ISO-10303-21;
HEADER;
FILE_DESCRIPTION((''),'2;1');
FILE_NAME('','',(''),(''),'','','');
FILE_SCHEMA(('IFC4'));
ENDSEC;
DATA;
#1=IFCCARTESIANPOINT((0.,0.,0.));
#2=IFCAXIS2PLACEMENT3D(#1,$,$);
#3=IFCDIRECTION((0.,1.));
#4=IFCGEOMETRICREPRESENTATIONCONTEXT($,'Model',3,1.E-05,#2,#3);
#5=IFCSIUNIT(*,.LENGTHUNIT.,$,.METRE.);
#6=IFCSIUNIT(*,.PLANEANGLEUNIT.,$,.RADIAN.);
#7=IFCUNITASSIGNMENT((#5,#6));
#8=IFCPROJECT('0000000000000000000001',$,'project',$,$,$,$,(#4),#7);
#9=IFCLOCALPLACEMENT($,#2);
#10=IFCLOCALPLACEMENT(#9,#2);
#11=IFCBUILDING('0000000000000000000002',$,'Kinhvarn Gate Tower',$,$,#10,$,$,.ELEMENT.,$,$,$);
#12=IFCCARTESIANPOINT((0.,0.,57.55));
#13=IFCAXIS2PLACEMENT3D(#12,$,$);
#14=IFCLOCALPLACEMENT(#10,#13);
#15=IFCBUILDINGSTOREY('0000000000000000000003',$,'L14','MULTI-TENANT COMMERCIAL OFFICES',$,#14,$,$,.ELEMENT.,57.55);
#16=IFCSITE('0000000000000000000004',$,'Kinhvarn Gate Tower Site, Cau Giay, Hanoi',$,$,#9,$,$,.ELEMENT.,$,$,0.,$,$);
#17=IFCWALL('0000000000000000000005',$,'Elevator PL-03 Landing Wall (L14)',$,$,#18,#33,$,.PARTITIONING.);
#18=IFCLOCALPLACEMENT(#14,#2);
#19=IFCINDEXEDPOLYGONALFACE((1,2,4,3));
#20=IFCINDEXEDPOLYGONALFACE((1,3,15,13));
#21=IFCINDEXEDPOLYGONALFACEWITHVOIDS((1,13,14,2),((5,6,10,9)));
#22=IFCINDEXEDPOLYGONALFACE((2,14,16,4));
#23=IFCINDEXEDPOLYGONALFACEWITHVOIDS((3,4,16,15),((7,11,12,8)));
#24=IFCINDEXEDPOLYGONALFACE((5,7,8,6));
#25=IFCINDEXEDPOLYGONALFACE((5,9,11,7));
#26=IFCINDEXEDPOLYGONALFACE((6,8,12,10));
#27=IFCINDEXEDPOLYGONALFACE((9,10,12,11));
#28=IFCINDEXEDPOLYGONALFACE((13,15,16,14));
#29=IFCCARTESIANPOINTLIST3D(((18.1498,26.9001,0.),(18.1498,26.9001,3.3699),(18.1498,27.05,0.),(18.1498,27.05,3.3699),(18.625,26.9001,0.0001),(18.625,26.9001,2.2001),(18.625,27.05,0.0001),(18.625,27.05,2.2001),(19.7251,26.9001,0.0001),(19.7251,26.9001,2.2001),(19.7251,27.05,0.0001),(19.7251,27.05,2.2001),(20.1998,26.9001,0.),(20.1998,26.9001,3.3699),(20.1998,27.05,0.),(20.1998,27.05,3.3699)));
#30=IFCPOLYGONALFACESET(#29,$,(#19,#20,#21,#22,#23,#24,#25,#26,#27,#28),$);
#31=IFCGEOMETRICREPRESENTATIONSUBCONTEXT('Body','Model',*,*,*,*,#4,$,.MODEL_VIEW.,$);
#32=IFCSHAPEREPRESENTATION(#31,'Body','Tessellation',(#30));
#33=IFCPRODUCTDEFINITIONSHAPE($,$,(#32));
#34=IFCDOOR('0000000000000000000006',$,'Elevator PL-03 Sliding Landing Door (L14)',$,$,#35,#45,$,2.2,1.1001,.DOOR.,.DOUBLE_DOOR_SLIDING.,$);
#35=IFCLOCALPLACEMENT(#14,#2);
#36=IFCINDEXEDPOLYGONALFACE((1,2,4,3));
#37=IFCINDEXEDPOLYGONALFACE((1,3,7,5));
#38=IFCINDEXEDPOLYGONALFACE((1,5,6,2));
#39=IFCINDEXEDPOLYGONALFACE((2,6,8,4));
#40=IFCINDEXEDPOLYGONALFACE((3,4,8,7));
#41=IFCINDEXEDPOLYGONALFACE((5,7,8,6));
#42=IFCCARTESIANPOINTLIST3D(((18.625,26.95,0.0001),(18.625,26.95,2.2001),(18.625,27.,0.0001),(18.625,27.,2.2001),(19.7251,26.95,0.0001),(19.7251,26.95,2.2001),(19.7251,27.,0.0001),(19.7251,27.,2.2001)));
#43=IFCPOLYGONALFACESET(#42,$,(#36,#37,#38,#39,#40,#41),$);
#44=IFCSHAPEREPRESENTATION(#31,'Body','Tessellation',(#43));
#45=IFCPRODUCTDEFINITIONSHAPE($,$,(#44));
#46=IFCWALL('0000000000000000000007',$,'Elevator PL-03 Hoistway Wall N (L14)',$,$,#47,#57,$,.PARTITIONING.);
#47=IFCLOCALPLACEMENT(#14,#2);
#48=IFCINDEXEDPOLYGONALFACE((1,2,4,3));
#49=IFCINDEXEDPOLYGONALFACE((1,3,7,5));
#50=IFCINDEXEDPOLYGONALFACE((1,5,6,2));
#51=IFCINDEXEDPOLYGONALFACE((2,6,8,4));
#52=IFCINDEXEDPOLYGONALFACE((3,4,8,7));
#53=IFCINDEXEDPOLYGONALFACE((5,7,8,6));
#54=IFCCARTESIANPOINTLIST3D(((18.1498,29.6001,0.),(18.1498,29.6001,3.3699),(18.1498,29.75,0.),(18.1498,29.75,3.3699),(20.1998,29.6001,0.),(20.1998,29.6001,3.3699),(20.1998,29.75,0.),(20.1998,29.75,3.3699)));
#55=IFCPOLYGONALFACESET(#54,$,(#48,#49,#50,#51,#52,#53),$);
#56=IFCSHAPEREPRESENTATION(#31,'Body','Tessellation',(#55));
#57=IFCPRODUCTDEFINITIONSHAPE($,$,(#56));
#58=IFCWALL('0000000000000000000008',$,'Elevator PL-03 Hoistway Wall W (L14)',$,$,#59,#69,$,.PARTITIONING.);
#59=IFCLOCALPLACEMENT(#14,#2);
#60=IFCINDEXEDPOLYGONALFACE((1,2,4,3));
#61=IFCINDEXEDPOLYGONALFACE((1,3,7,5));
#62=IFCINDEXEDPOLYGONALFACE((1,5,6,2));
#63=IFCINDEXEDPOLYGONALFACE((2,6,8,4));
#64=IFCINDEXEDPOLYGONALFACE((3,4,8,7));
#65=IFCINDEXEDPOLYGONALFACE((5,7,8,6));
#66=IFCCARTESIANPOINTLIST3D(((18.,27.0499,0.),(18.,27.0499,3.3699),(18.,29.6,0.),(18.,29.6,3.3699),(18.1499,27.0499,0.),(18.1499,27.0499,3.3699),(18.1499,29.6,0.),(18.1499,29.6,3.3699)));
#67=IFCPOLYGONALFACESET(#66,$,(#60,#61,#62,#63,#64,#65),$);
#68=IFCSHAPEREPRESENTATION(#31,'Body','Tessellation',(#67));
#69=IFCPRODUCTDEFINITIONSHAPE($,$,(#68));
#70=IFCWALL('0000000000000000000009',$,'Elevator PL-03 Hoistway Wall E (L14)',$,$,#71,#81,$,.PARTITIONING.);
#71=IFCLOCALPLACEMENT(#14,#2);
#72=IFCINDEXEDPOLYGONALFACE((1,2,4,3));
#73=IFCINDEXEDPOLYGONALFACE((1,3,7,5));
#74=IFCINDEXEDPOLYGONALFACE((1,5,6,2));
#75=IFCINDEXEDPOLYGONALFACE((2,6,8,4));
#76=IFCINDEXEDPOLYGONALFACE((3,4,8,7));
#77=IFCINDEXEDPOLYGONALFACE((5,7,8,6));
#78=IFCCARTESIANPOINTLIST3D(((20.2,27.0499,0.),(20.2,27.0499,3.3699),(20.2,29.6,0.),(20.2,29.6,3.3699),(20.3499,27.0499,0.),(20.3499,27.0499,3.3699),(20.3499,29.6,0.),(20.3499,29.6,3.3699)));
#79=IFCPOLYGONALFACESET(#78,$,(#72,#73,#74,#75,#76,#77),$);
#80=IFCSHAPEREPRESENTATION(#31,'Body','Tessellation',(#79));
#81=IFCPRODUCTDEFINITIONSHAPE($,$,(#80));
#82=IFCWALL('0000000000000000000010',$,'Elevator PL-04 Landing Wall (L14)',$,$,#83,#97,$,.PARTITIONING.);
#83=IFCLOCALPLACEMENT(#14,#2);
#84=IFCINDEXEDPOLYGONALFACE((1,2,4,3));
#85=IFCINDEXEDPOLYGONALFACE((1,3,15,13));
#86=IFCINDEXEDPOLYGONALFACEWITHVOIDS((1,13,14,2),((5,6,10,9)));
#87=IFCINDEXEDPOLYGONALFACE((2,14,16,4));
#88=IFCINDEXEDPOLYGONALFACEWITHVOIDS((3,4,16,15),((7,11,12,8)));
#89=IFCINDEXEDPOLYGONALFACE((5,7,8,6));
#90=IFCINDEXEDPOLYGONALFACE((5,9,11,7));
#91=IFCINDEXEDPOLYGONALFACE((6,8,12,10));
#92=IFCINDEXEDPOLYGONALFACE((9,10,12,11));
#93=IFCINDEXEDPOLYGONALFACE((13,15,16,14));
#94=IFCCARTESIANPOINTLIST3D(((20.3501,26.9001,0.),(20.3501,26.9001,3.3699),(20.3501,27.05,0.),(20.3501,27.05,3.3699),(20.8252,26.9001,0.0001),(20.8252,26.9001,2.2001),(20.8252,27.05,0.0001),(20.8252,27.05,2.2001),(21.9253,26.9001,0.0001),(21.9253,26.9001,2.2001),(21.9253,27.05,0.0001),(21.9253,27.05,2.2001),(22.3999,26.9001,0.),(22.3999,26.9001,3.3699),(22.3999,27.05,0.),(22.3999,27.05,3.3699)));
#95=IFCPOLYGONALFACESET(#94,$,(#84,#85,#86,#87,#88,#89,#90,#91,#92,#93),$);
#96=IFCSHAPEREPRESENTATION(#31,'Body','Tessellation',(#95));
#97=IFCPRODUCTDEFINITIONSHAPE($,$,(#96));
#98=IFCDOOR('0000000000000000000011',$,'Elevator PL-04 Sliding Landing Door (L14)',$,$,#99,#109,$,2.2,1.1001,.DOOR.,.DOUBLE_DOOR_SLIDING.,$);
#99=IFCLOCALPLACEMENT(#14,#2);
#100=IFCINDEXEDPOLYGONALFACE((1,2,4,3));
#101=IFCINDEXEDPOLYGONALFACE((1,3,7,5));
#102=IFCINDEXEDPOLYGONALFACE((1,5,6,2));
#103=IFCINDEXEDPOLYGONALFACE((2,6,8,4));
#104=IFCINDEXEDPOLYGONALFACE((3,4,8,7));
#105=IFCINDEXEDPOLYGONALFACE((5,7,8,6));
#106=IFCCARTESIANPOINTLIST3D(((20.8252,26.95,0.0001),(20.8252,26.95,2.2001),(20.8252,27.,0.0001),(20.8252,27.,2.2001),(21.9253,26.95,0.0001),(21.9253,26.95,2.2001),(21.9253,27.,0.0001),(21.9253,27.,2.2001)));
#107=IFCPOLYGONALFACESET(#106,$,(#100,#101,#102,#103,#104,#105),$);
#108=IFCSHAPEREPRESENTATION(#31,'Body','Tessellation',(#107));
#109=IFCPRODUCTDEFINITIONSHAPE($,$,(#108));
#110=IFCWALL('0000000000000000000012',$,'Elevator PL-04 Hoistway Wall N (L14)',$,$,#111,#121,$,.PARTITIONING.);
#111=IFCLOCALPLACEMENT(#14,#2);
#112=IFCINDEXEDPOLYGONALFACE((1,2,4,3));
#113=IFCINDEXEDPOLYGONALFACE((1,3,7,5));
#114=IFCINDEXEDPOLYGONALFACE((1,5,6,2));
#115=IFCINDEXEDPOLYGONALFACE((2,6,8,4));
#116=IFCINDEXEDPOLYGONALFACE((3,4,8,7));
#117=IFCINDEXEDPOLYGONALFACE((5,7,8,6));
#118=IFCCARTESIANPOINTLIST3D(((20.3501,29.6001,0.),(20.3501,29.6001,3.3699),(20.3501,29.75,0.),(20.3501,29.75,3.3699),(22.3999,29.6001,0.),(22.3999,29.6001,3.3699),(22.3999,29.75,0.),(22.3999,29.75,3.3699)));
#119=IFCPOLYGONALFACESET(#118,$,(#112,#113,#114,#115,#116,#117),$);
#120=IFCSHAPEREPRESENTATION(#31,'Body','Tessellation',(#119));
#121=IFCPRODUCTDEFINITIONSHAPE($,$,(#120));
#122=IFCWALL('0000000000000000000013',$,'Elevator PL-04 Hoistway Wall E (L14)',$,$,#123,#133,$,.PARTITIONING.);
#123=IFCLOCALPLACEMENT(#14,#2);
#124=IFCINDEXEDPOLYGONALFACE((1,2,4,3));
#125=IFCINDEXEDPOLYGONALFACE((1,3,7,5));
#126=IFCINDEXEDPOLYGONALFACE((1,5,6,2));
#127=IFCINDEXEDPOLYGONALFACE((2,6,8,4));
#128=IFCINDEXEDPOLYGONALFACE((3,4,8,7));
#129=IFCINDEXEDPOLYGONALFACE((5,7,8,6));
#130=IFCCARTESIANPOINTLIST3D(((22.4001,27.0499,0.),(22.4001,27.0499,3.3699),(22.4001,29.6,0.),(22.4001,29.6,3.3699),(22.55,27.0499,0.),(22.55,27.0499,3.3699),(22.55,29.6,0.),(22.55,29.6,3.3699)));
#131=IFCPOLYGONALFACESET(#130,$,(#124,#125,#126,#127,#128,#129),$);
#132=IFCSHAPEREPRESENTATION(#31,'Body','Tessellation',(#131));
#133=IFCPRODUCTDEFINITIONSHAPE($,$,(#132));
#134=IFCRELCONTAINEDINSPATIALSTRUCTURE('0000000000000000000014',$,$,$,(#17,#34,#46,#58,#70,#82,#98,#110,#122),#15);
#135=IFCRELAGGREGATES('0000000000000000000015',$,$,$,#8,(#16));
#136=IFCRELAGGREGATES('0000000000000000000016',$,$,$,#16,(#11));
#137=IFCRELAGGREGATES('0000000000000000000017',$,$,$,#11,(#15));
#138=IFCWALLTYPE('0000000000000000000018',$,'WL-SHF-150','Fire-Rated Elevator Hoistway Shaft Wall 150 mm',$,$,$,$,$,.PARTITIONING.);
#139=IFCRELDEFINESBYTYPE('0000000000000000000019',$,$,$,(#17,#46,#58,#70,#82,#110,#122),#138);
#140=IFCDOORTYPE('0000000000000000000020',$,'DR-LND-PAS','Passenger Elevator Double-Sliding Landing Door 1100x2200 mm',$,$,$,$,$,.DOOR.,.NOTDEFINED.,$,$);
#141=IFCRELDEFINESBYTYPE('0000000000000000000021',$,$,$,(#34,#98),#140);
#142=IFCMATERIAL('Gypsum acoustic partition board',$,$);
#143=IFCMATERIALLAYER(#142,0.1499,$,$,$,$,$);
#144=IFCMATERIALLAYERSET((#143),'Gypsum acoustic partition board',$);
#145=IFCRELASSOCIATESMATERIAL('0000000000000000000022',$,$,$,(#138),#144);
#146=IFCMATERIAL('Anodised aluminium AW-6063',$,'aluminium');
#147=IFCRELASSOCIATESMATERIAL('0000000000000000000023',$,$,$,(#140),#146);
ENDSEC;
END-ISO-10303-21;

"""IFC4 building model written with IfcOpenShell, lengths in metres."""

from ifc_helpers import new_model, si_unit, direction, frame, frame_2d, origin, place, context, subcontext, project, spatial, rectangle, extrude, material, layer, layer_set, type_object, element, fill, save


model = new_model("IFC4")

# Units and contexts
model_context = context("Model", 3, precision=1e-05, world=origin(), true_north=direction((0.0, 1.0)))
body_context = subcontext(model_context, "Body", "Model", "MODEL_VIEW")
ifc_project = project(units=[si_unit("LENGTHUNIT", "METRE"), si_unit("PLANEANGLEUNIT", "RADIAN")], contexts=[model_context])

# Site, building, storey
site_placement = place(None, origin())
site = spatial("IfcSite", under=ifc_project, at=site_placement, Name="Kinhvarn Gate Tower Site, Cau Giay, Hanoi", CompositionType="ELEMENT", RefElevation=0.0)
building_placement = place(site_placement, origin())
building = spatial("IfcBuilding", under=site, at=building_placement, Name="Kinhvarn Gate Tower", CompositionType="ELEMENT")
storey_placement = place(building_placement, frame((0.0, 0.0, 57.55)))
storey = spatial("IfcBuildingStorey", under=building, at=storey_placement, Name="L14", Description="MULTI-TENANT COMMERCIAL OFFICES", CompositionType="ELEMENT", Elevation=57.55)

# Shared definitions
ifc_material_1 = material(Name="Gypsum acoustic partition board")

# Wall, opening, door
ifc_material_2 = material(Name="Anodised aluminium AW-6063", Category="aluminium")
ifc_layer_1 = layer(ifc_material_1, 0.1499)
ifc_layer_set_1 = layer_set([ifc_layer_1], Name="Gypsum acoustic partition board")
wall_type_1 = type_object("IfcWallType", Name="WL-SHF-150", Description="Fire-Rated Elevator Hoistway Shaft Wall 150 mm", PredefinedType="PARTITIONING", material=ifc_layer_set_1)
wall_1_placement = place(storey_placement, frame((18.1499, 26.9751, 0.0), z_axis=(0.0, 0.0, 1.0), x_axis=(1.0, 0.0, 0.0)))
wall_1 = element("IfcWall", 1, at=wall_1_placement, inside=storey, type_object=wall_type_1, Name="Elevator PL-03 Landing Wall (L14)", PredefinedType="PARTITIONING", context=body_context, shape_type="SweptSolid", body=[
    extrude(rectangle(XDim=2.05, YDim=0.1499, at=frame_2d((1.0249, 0.0))), origin(), (0.0, 0.0, 1.0), 3.3699),
])
opening_1_placement = place(wall_1_placement, frame((0.4751, 0.0, 0.0)))
opening_1 = element("IfcOpeningElement", 2, at=opening_1_placement, cuts=wall_1, PredefinedType="OPENING", context=body_context, shape_type="SweptSolid", body=[
    extrude(rectangle(XDim=1.1001, YDim=2.2, at=frame_2d((0.55, 1.1001))), frame((0.0, 0.085, 0.0), z_axis=(0.0, -1.0, 0.0), x_axis=(1.0, 0.0, 0.0)), (0.0, 0.0, 1.0), 0.1699),
])
door_type_1 = type_object("IfcDoorType", Name="DR-LND-PAS", Description="Passenger Elevator Double-Sliding Landing Door 1100x2200 mm", OperationType="NOTDEFINED", PredefinedType="DOOR", material=ifc_material_2)
door_1_placement = place(opening_1_placement, origin())
door_1 = element("IfcDoor", 3, at=door_1_placement, inside=storey, type_object=door_type_1, Name="Elevator PL-03 Sliding Landing Door (L14)", OperationType="DOUBLE_DOOR_SLIDING", OverallHeight=2.2, OverallWidth=1.1001, PredefinedType="DOOR", context=body_context, shape_type="SweptSolid", body=[
    extrude(rectangle(XDim=1.1001, YDim=2.2, at=frame_2d((0.55, 1.1001))), frame((0.0, 0.0249, 0.0), z_axis=(0.0, -1.0, 0.0), x_axis=(1.0, 0.0, 0.0)), (0.0, 0.0, 1.0), 0.05),
])
fill(opening_1, door_1)

# Walls
wall_2_placement = place(storey_placement, frame((18.1499, 29.675, 0.0), z_axis=(0.0, 0.0, 1.0), x_axis=(1.0, 0.0, 0.0)))
element("IfcWall", 4, at=wall_2_placement, inside=storey, type_object=wall_type_1, Name="Elevator PL-03 Hoistway Wall N (L14)", PredefinedType="PARTITIONING", context=body_context, shape_type="SweptSolid", body=[
    extrude(rectangle(XDim=2.05, YDim=0.1499, at=frame_2d((1.0249, 0.0))), origin(), (0.0, 0.0, 1.0), 3.3699),
])
for number, where, z_axis, x_axis, name in (
    (5, (18.075, 27.05, 0.0), (0.0, 0.0, 1.0), (0.0, 1.0, 0.0), "Elevator PL-03 Hoistway Wall W (L14)"),
    (6, (20.2749, 27.05, 0.0), (0.0, 0.0, 1.0), (0.0, 1.0, 0.0), "Elevator PL-03 Hoistway Wall E (L14)"),
):
    element("IfcWall", number, at=place(storey_placement, frame(where, z_axis=z_axis, x_axis=x_axis)), inside=storey, type_object=wall_type_1, Name=name, PredefinedType="PARTITIONING", context=body_context, shape_type="SweptSolid", body=[
        extrude(rectangle(XDim=2.55, YDim=0.1499, at=frame_2d((1.2749, 0.0))), origin(), (0.0, 0.0, 1.0), 3.3699),
    ])

# Wall, opening, door
wall_3_placement = place(storey_placement, frame((20.3501, 26.9751, 0.0), z_axis=(0.0, 0.0, 1.0), x_axis=(1.0, 0.0, 0.0)))
wall_3 = element("IfcWall", 7, at=wall_3_placement, inside=storey, type_object=wall_type_1, Name="Elevator PL-04 Landing Wall (L14)", PredefinedType="PARTITIONING", context=body_context, shape_type="SweptSolid", body=[
    extrude(rectangle(XDim=2.0498, YDim=0.1499, at=frame_2d((1.0249, 0.0))), origin(), (0.0, 0.0, 1.0), 3.3699),
])
opening_2_placement = place(wall_3_placement, frame((0.4751, 0.0, 0.0)))
opening_2 = element("IfcOpeningElement", 8, at=opening_2_placement, cuts=wall_3, PredefinedType="OPENING", context=body_context, shape_type="SweptSolid", body=[
    extrude(rectangle(XDim=1.1001, YDim=2.2, at=frame_2d((0.55, 1.1001))), frame((0.0, 0.085, 0.0), z_axis=(0.0, -1.0, 0.0), x_axis=(1.0, 0.0, 0.0)), (0.0, 0.0, 1.0), 0.1699),
])
door_2_placement = place(opening_2_placement, origin())
door_2 = element("IfcDoor", 9, at=door_2_placement, inside=storey, type_object=door_type_1, Name="Elevator PL-04 Sliding Landing Door (L14)", OperationType="DOUBLE_DOOR_SLIDING", OverallHeight=2.2, OverallWidth=1.1001, PredefinedType="DOOR", context=body_context, shape_type="SweptSolid", body=[
    extrude(rectangle(XDim=1.1001, YDim=2.2, at=frame_2d((0.55, 1.1001))), frame((0.0, 0.0249, 0.0), z_axis=(0.0, -1.0, 0.0), x_axis=(1.0, 0.0, 0.0)), (0.0, 0.0, 1.0), 0.05),
])
fill(opening_2, door_2)

# Walls
wall_4_placement = place(storey_placement, frame((20.3501, 29.675, 0.0), z_axis=(0.0, 0.0, 1.0), x_axis=(1.0, 0.0, 0.0)))
element("IfcWall", 10, at=wall_4_placement, inside=storey, type_object=wall_type_1, Name="Elevator PL-04 Hoistway Wall N (L14)", PredefinedType="PARTITIONING", context=body_context, shape_type="SweptSolid", body=[
    extrude(rectangle(XDim=2.0498, YDim=0.1499, at=frame_2d((1.0249, 0.0))), origin(), (0.0, 0.0, 1.0), 3.3699),
])
wall_5_placement = place(storey_placement, frame((22.4751, 27.05, 0.0), z_axis=(0.0, 0.0, 1.0), x_axis=(0.0, 1.0, 0.0)))
element("IfcWall", 11, at=wall_5_placement, inside=storey, type_object=wall_type_1, Name="Elevator PL-04 Hoistway Wall E (L14)", PredefinedType="PARTITIONING", context=body_context, shape_type="SweptSolid", body=[
    extrude(rectangle(XDim=2.55, YDim=0.1499, at=frame_2d((1.2749, 0.0))), origin(), (0.0, 0.0, 1.0), 3.3699),
])

save(model, "model.ifc")
